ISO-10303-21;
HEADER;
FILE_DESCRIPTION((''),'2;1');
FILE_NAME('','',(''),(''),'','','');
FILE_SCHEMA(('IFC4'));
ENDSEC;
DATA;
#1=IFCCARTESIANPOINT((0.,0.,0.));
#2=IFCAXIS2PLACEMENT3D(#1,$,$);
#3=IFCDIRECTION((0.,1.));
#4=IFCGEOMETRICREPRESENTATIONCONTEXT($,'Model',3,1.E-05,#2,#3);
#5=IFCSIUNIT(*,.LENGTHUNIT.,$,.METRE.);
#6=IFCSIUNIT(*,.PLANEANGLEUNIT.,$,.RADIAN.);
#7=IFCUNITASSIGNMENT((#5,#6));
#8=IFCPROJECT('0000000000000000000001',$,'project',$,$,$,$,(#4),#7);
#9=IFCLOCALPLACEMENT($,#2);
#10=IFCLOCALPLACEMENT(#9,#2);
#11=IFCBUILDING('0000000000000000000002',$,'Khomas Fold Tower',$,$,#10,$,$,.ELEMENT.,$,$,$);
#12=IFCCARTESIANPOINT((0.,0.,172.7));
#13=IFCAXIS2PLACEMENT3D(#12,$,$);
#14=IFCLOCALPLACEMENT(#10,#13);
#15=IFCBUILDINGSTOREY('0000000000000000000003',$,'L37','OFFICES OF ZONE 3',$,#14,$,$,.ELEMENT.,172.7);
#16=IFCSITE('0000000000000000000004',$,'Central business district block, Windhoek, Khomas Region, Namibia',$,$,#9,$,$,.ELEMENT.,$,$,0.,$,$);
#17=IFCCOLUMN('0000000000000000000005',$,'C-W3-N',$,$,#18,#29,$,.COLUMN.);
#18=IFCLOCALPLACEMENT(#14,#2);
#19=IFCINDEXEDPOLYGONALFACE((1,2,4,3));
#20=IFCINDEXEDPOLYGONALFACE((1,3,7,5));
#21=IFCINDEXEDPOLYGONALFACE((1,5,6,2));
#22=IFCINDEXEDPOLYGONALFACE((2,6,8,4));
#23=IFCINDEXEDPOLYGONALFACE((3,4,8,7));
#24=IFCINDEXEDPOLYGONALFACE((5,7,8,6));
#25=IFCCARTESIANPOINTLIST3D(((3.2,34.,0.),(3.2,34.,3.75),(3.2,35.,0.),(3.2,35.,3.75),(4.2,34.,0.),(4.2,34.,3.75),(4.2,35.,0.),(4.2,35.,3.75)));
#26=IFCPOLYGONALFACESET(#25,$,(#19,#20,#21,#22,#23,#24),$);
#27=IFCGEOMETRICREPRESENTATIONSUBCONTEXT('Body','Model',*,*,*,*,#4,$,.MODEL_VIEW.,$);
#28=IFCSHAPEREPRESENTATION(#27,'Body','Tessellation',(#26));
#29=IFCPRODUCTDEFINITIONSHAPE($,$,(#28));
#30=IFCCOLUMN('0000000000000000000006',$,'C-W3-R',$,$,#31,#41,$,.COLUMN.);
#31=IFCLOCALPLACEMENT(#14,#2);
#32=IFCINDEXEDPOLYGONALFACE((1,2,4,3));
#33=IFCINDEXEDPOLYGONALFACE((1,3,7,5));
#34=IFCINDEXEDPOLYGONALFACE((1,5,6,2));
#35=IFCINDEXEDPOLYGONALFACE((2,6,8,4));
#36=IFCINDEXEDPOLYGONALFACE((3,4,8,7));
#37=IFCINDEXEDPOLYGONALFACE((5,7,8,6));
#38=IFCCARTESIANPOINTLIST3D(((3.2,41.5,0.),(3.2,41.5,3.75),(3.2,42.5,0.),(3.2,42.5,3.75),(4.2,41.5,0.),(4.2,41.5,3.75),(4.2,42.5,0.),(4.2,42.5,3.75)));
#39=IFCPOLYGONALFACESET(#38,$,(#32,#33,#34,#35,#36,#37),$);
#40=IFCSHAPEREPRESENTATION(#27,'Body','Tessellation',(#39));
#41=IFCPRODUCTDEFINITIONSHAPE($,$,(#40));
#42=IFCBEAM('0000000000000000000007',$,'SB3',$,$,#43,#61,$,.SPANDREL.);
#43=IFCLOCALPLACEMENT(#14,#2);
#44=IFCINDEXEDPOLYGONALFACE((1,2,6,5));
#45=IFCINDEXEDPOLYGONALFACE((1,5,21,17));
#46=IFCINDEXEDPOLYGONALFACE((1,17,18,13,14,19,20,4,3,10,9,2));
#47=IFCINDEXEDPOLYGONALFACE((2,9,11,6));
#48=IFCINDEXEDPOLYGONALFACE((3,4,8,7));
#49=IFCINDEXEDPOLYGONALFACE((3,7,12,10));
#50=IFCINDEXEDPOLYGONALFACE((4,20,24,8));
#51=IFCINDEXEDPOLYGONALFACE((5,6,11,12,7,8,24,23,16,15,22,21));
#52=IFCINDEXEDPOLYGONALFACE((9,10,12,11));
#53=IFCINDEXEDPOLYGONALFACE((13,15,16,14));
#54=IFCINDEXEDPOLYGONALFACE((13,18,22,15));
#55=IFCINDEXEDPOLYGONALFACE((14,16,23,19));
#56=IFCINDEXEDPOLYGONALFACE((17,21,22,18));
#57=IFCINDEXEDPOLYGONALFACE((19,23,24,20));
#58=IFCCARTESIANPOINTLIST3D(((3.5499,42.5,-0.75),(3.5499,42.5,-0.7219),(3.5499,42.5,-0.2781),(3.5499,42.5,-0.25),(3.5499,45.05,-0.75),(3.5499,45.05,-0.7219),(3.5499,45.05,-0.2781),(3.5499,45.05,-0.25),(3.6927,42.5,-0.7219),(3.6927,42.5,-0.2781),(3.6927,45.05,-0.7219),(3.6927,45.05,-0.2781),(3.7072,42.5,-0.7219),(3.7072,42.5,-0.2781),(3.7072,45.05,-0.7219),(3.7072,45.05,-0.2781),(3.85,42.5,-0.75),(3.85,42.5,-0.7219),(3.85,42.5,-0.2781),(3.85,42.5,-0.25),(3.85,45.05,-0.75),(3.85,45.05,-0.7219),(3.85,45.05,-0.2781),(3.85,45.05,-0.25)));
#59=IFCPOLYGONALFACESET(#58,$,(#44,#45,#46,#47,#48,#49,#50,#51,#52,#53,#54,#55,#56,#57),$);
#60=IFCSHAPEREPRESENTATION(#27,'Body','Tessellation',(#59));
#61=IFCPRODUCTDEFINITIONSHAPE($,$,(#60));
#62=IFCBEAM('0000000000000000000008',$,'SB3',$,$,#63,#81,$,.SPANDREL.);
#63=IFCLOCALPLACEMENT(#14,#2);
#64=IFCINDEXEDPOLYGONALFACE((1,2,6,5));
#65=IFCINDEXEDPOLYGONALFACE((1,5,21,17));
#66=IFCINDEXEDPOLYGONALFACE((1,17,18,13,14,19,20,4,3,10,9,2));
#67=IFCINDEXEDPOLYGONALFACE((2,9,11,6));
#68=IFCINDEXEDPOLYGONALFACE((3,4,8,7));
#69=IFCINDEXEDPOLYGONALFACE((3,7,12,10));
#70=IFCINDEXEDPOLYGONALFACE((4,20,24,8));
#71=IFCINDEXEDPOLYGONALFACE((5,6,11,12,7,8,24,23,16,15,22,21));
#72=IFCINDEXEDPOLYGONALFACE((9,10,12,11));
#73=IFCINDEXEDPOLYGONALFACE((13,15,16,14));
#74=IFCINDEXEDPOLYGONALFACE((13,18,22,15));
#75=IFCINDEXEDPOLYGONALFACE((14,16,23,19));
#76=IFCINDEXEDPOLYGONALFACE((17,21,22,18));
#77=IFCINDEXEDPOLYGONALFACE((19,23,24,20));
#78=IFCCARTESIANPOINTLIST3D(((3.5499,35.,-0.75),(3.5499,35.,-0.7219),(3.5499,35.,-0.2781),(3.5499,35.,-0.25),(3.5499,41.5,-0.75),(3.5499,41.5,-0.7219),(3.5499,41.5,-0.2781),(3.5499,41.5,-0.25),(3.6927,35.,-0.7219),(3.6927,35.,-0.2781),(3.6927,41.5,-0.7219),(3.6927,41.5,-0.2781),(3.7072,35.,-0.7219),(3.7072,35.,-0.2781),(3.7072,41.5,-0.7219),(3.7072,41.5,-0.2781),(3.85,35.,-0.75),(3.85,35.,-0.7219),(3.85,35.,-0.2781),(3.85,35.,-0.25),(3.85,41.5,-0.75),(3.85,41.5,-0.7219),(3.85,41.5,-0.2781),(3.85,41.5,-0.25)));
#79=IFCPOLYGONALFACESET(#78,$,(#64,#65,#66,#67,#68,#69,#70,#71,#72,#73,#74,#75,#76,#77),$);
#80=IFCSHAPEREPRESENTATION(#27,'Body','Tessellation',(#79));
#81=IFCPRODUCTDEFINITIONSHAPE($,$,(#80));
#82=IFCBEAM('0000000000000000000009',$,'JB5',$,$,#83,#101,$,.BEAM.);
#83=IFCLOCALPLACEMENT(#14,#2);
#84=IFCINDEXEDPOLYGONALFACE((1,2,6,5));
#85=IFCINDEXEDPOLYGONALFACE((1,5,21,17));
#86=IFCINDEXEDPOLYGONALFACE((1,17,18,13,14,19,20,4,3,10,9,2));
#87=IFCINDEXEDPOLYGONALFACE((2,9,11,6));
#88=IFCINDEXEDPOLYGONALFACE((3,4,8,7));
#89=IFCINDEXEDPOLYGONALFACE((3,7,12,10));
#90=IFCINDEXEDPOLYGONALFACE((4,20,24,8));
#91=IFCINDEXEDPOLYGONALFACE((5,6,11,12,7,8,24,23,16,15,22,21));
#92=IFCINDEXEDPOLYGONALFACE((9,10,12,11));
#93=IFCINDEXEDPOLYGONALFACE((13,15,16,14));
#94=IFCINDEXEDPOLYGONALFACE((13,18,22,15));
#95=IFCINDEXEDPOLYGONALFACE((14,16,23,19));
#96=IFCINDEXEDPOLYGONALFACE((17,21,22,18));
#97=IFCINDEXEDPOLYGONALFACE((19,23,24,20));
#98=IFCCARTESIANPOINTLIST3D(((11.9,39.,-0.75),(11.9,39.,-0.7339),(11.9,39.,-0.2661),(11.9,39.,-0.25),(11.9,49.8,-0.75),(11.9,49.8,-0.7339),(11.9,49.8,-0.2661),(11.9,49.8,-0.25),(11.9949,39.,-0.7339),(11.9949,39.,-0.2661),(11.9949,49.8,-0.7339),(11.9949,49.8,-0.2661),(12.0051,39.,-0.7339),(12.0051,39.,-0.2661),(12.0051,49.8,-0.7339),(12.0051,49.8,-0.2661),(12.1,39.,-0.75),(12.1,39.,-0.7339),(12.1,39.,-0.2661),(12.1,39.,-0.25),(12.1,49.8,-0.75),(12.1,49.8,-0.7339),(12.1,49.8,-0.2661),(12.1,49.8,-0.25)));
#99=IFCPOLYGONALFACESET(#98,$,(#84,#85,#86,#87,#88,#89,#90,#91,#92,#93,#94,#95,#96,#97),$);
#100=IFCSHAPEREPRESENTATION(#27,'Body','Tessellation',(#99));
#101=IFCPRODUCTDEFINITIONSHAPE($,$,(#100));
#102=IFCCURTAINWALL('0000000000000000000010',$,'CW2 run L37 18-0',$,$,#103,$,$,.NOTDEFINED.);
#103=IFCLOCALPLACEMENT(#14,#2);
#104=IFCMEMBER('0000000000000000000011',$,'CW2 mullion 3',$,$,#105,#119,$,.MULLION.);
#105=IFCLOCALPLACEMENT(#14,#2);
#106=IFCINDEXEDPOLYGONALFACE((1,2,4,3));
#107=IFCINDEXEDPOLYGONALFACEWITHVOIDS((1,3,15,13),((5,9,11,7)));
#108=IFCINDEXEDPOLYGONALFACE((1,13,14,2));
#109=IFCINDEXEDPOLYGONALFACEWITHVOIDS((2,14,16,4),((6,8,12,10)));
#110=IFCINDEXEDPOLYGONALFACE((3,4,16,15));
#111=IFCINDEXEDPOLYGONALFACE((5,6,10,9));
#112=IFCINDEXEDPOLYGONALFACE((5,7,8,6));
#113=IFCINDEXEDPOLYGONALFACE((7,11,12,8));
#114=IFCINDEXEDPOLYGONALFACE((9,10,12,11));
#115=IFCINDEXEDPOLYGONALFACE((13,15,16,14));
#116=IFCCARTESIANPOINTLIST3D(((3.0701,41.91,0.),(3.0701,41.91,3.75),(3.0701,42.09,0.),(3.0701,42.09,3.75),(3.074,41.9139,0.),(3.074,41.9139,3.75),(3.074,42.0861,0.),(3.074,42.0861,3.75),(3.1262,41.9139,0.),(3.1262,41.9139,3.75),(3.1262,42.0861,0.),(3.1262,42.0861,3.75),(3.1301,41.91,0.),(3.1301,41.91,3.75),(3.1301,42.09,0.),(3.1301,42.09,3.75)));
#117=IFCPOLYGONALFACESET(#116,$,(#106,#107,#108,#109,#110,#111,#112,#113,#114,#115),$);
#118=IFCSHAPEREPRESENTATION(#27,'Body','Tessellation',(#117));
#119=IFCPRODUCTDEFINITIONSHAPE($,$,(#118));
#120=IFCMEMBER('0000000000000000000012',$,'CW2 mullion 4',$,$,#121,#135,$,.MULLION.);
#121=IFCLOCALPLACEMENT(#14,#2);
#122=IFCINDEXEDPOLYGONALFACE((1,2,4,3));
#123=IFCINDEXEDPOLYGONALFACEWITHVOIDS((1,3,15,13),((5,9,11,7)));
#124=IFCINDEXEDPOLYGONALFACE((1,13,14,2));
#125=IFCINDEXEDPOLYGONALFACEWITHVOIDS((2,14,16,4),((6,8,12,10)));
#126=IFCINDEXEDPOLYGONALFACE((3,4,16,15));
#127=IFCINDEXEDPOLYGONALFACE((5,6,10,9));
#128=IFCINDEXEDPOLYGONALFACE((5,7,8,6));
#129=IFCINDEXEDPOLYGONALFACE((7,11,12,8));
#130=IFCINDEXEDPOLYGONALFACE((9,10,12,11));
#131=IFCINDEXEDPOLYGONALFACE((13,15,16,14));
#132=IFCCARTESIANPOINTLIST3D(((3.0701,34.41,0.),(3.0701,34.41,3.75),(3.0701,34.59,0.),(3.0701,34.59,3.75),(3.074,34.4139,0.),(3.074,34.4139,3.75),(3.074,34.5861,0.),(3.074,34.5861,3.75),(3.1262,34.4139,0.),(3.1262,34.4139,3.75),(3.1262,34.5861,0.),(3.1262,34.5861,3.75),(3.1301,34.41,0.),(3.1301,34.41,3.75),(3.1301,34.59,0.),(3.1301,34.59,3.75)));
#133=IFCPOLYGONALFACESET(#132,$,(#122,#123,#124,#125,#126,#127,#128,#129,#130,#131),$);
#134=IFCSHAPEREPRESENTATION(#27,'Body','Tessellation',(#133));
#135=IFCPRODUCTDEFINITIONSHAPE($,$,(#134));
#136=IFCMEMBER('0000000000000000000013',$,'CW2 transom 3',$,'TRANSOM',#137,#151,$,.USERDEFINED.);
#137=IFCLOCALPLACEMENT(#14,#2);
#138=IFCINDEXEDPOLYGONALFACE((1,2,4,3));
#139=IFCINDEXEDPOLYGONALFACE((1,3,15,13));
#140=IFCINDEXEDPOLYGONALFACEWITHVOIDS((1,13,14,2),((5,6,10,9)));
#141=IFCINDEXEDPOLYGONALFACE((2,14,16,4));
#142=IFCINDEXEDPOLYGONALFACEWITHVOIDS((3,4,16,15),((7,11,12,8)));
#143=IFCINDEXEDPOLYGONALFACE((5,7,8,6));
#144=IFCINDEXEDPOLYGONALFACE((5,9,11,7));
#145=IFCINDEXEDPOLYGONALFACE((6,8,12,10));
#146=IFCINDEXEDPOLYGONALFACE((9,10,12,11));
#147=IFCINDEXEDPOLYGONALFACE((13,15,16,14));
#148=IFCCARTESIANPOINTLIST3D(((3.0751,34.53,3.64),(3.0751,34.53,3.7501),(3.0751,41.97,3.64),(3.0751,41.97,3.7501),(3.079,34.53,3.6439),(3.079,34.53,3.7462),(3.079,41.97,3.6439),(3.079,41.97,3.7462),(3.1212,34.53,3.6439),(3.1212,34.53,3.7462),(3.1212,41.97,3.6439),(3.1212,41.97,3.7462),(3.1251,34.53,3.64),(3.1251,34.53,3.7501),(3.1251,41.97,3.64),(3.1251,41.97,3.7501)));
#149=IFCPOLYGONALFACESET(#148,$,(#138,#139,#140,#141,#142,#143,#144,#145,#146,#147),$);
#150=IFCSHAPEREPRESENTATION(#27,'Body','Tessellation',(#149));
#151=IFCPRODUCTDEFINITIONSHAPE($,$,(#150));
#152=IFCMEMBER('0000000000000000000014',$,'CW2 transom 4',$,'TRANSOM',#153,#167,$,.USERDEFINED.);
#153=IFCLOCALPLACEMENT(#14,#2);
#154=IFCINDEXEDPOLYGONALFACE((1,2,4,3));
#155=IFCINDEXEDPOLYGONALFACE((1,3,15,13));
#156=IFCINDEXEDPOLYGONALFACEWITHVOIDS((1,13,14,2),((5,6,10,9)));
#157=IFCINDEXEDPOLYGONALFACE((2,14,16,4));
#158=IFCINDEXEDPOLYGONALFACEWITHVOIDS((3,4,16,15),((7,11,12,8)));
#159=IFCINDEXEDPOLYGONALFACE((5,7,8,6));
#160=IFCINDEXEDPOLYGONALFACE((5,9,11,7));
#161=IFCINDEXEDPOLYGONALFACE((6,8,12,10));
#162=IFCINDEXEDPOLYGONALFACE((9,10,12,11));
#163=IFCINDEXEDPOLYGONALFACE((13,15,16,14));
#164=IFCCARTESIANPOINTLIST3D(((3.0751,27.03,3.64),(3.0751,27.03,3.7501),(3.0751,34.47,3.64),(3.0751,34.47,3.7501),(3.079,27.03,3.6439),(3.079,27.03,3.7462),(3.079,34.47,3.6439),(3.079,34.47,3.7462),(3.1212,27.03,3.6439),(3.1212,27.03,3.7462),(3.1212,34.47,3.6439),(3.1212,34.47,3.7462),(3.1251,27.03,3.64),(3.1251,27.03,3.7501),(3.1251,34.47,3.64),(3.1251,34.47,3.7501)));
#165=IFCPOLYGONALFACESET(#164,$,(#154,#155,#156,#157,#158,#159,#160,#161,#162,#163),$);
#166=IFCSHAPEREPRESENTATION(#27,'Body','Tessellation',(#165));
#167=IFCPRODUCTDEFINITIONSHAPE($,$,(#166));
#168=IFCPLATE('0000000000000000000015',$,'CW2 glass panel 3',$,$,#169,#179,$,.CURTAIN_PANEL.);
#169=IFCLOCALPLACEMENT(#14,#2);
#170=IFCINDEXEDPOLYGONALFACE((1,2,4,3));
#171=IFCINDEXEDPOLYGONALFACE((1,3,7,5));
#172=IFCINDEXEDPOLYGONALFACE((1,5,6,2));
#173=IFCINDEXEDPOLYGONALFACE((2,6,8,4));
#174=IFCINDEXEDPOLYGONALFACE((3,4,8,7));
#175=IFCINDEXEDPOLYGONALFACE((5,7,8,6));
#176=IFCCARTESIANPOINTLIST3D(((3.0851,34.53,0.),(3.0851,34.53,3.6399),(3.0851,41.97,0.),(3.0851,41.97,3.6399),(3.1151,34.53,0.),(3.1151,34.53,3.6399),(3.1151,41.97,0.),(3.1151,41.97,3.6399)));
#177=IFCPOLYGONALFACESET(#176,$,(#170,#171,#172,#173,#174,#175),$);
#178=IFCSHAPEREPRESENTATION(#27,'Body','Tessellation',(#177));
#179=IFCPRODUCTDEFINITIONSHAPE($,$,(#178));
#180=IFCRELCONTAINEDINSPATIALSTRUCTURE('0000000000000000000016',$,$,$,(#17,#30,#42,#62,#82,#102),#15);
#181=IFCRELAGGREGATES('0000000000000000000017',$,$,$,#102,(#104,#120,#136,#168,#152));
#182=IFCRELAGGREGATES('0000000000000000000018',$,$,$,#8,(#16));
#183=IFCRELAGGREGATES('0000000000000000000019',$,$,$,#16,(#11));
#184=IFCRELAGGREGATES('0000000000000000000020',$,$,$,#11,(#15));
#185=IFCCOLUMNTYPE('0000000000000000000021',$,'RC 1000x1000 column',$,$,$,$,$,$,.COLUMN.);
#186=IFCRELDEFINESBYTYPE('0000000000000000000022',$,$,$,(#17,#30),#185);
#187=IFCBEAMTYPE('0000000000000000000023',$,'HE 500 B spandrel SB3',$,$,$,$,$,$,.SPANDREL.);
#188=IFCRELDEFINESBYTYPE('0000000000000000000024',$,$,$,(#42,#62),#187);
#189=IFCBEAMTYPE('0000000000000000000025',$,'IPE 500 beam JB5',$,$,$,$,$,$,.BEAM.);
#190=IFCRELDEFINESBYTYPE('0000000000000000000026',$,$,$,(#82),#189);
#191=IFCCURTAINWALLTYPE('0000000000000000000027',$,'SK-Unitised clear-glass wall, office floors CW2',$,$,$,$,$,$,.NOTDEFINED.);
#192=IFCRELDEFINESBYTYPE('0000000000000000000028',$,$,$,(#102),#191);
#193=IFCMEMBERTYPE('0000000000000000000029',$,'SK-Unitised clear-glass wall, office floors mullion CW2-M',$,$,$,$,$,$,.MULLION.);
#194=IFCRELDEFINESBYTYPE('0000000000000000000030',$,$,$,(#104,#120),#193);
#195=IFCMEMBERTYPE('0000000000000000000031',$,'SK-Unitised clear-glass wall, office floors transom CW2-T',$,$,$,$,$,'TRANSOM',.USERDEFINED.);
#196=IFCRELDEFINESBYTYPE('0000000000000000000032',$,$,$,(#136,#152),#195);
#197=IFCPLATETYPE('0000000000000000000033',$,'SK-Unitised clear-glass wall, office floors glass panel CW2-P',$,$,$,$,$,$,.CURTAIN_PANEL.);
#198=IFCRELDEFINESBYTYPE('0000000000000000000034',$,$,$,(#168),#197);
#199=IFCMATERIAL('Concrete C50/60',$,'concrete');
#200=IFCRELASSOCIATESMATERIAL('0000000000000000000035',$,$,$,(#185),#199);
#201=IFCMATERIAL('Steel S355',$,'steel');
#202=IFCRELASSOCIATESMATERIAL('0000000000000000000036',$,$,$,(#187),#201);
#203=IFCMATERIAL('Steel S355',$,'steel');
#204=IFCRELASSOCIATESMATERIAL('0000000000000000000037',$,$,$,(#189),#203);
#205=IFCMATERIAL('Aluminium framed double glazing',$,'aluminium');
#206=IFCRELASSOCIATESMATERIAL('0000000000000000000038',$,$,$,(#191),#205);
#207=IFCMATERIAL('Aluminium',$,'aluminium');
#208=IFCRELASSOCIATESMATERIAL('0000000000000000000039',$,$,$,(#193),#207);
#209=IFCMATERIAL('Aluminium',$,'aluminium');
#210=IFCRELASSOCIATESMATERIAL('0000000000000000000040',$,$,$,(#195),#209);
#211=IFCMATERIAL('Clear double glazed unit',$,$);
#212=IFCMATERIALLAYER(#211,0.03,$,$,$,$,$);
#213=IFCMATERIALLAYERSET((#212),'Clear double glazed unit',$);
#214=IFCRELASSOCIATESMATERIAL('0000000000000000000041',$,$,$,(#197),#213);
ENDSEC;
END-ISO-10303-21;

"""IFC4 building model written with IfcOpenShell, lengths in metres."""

from ifc_helpers import new_model, si_unit, direction, frame, origin, origin_2d, place, context, subcontext, project, spatial, rectangle, hollow_rectangle, i_section, extrude, source, transform, mapped, material, layer, layer_set, material_profile, profile_set, type_object, element, aggregate, save


model = new_model("IFC4")

# Units and contexts
model_context = context("Model", 3, precision=1e-05, world=origin(), true_north=direction((0.0, 1.0)))
body_context = subcontext(model_context, "Body", "Model", "MODEL_VIEW")
ifc_project = project(units=[si_unit("LENGTHUNIT", "METRE"), si_unit("PLANEANGLEUNIT", "RADIAN")], contexts=[model_context])

# Site, building, storey
site_placement = place(None, origin())
site = spatial("IfcSite", under=ifc_project, at=site_placement, Name="Central business district block, Windhoek, Khomas Region, Namibia", CompositionType="ELEMENT", RefElevation=0.0)
building_placement = place(site_placement, origin())
building = spatial("IfcBuilding", under=site, at=building_placement, Name="Khomas Fold Tower", CompositionType="ELEMENT")
storey_placement = place(building_placement, frame((0.0, 0.0, 172.7)))
storey = spatial("IfcBuildingStorey", under=building, at=storey_placement, Name="L37", Description="OFFICES OF ZONE 3", CompositionType="ELEMENT", Elevation=172.7)

# Columns
ifc_material_1 = material(Name="Concrete C50/60", Category="concrete")
ifc_material_profile_1 = material_profile(ifc_material_1, rectangle(XDim=1.0, YDim=1.0, at=origin_2d()), Name="RC 1000x1000")
ifc_profile_set_1 = profile_set([ifc_material_profile_1], Name="Concrete C50/60")
column_type = type_object("IfcColumnType", Name="RC 1000x1000 column", PredefinedType="COLUMN", material=ifc_profile_set_1)
shared_shape_1 = source(origin(), body_context, "Body", "SweptSolid", [
    extrude(rectangle(XDim=1.0, YDim=1.0, at=origin_2d()), origin(), (0.0, 0.0, 1.0), 3.75),
])
for number, where, z_axis, x_axis, name in (
    (1, (3.7, 34.5, 0.0), (0.0, 0.0, 1.0), (1.0, 0.0, 0.0), "C-W3-N"),
    (2, (3.7, 42.0, 0.0), (0.0, 0.0, 1.0), (1.0, 0.0, 0.0), "C-W3-R"),
):
    element("IfcColumn", number, at=place(storey_placement, frame(where, z_axis=z_axis, x_axis=x_axis)), inside=storey, type_object=column_type, Name=name, PredefinedType="COLUMN", context=body_context, shape_type="MappedRepresentation", body=[
        mapped(shared_shape_1, transform((0.0, 0.0, 0.0))),
    ])

# Beams
ifc_material_2 = material(Name="Steel S355", Category="steel")
ifc_material_profile_2 = material_profile(ifc_material_2, i_section(OverallWidth=0.3, OverallDepth=0.5, WebThickness=0.0144, FlangeThickness=0.0281, at=origin_2d()), Name="HE 500 B")
ifc_profile_set_2 = profile_set([ifc_material_profile_2], Name="Steel S355")
beam_type_1 = type_object("IfcBeamType", Name="HE 500 B spandrel SB3", PredefinedType="SPANDREL", material=ifc_profile_set_2)
shared_shape_2 = source(origin(), body_context, "Body", "SweptSolid", [
    extrude(i_section(OverallWidth=0.3, OverallDepth=0.5, WebThickness=0.0144, FlangeThickness=0.0281, at=origin_2d()), origin(), (0.0, 0.0, 1.0), 2.55),
])
beam_1_placement = place(storey_placement, frame((3.7, 42.5, -0.5), z_axis=(0.0, 1.0, 0.0), x_axis=(-1.0, 0.0, 0.0)))
element("IfcBeam", 3, at=beam_1_placement, inside=storey, type_object=beam_type_1, Name="SB3", PredefinedType="SPANDREL", context=body_context, shape_type="MappedRepresentation", body=[
    mapped(shared_shape_2, transform((0.0, 0.0, 0.0))),
])
shared_shape_3 = source(origin(), body_context, "Body", "SweptSolid", [
    extrude(i_section(OverallWidth=0.3, OverallDepth=0.5, WebThickness=0.0144, FlangeThickness=0.0281, at=origin_2d()), origin(), (0.0, 0.0, 1.0), 6.5),
])
beam_2_placement = place(storey_placement, frame((3.7, 35.0, -0.5), z_axis=(0.0, 1.0, 0.0), x_axis=(-1.0, 0.0, 0.0)))
element("IfcBeam", 4, at=beam_2_placement, inside=storey, type_object=beam_type_1, Name="SB3", PredefinedType="SPANDREL", context=body_context, shape_type="MappedRepresentation", body=[
    mapped(shared_shape_3, transform((0.0, 0.0, 0.0))),
])
ifc_material_3 = material(Name="Steel S355", Category="steel")
ifc_material_profile_3 = material_profile(ifc_material_3, i_section(OverallWidth=0.2, OverallDepth=0.5, WebThickness=0.0103, FlangeThickness=0.0161, at=origin_2d()), Name="IPE 500")
ifc_profile_set_3 = profile_set([ifc_material_profile_3], Name="Steel S355")
beam_type_2 = type_object("IfcBeamType", Name="IPE 500 beam JB5", PredefinedType="BEAM", material=ifc_profile_set_3)
shared_shape_4 = source(origin(), body_context, "Body", "SweptSolid", [
    extrude(i_section(OverallWidth=0.2, OverallDepth=0.5, WebThickness=0.0103, FlangeThickness=0.0161, at=origin_2d()), origin(), (0.0, 0.0, 1.0), 10.8),
])
beam_3_placement = place(storey_placement, frame((12.0, 39.0, -0.5), z_axis=(0.0, 1.0, 0.0), x_axis=(-1.0, 0.0, 0.0)))
element("IfcBeam", 5, at=beam_3_placement, inside=storey, type_object=beam_type_2, Name="JB5", PredefinedType="BEAM", context=body_context, shape_type="MappedRepresentation", body=[
    mapped(shared_shape_4, transform((0.0, 0.0, 0.0))),
])

# Curtain wall, members, plate
ifc_material_4 = material(Name="Aluminium framed double glazing", Category="aluminium")
curtain_wall_type = type_object("IfcCurtainWallType", Name="SK-Unitised clear-glass wall, office floors CW2", PredefinedType="NOTDEFINED", material=ifc_material_4)
curtain_wall_placement = place(storey_placement, origin())
curtain_wall = element("IfcCurtainWall", 6, at=curtain_wall_placement, inside=storey, type_object=curtain_wall_type, Name="CW2 run L37 18-0", PredefinedType="NOTDEFINED")
ifc_material_5 = material(Name="Aluminium", Category="aluminium")
ifc_material_profile_4 = material_profile(ifc_material_5, hollow_rectangle(XDim=0.0601, YDim=0.1799, WallThickness=0.0039, at=origin_2d()), Name="SK-Unitised clear-glass wall, office floors mullion CW2-M")
ifc_profile_set_4 = profile_set([ifc_material_profile_4], Name="Aluminium")
member_type_1 = type_object("IfcMemberType", Name="SK-Unitised clear-glass wall, office floors mullion CW2-M", PredefinedType="MULLION", material=ifc_profile_set_4)
shared_shape_5 = source(origin(), body_context, "Body", "SweptSolid", [
    extrude(hollow_rectangle(XDim=0.0601, YDim=0.1799, WallThickness=0.0039, at=origin_2d()), origin(), (0.0, 0.0, 1.0), 3.75),
])
member_1_placement = place(storey_placement, frame((3.1001, 42.0, 0.0), z_axis=(0.0, 0.0, 1.0), x_axis=(1.0, 0.0, 0.0)))
member_1 = element("IfcMember", 7, at=member_1_placement, type_object=member_type_1, Name="CW2 mullion 3", PredefinedType="MULLION", context=body_context, shape_type="MappedRepresentation", body=[
    mapped(shared_shape_5, transform((0.0, 0.0, 0.0))),
])
member_2_placement = place(storey_placement, frame((3.1001, 34.5, 0.0), z_axis=(0.0, 0.0, 1.0), x_axis=(1.0, 0.0, 0.0)))
member_2 = element("IfcMember", 8, at=member_2_placement, type_object=member_type_1, Name="CW2 mullion 4", PredefinedType="MULLION", context=body_context, shape_type="MappedRepresentation", body=[
    mapped(shared_shape_5, transform((0.0, 0.0, 0.0))),
])
ifc_material_6 = material(Name="Aluminium", Category="aluminium")
ifc_material_profile_5 = material_profile(ifc_material_6, hollow_rectangle(XDim=0.05, YDim=0.1101, WallThickness=0.0039, at=origin_2d()), Name="SK-Unitised clear-glass wall, office floors transom CW2-T")
ifc_profile_set_5 = profile_set([ifc_material_profile_5], Name="Aluminium")
member_type_2 = type_object("IfcMemberType", Name="SK-Unitised clear-glass wall, office floors transom CW2-T", ElementType="TRANSOM", PredefinedType="USERDEFINED", material=ifc_profile_set_5)
shared_shape_6 = source(origin(), body_context, "Body", "SweptSolid", [
    extrude(hollow_rectangle(XDim=0.05, YDim=0.1101, WallThickness=0.0039, at=origin_2d()), origin(), (0.0, 0.0, 1.0), 7.4399),
])
member_3_placement = place(storey_placement, frame((3.1001, 41.97, 3.6951), z_axis=(0.0, -1.0, 0.0), x_axis=(1.0, 0.0, 0.0)))
member_3 = element("IfcMember", 9, at=member_3_placement, type_object=member_type_2, Name="CW2 transom 3", ObjectType="TRANSOM", PredefinedType="USERDEFINED", context=body_context, shape_type="MappedRepresentation", body=[
    mapped(shared_shape_6, transform((0.0, 0.0, 0.0))),
])
member_4_placement = place(storey_placement, frame((3.1001, 34.47, 3.6951), z_axis=(0.0, -1.0, 0.0), x_axis=(1.0, 0.0, 0.0)))
member_4 = element("IfcMember", 10, at=member_4_placement, type_object=member_type_2, Name="CW2 transom 4", ObjectType="TRANSOM", PredefinedType="USERDEFINED", context=body_context, shape_type="MappedRepresentation", body=[
    mapped(shared_shape_6, transform((0.0, 0.0, 0.0))),
])
ifc_material_7 = material(Name="Clear double glazed unit")
ifc_layer_1 = layer(ifc_material_7, 0.03)
ifc_layer_set_1 = layer_set([ifc_layer_1], Name="Clear double glazed unit")
plate_type = type_object("IfcPlateType", Name="SK-Unitised clear-glass wall, office floors glass panel CW2-P", PredefinedType="CURTAIN_PANEL", material=ifc_layer_set_1)
shared_shape_7 = source(origin(), body_context, "Body", "SweptSolid", [
    extrude(rectangle(XDim=7.4399, YDim=0.03, at=origin_2d()), origin(), (0.0, 0.0, 1.0), 3.6399),
])
plate_placement = place(storey_placement, frame((3.1001, 38.25, 0.0), z_axis=(0.0, 0.0, 1.0), x_axis=(0.0, -1.0, 0.0)))
plate = element("IfcPlate", 11, at=plate_placement, type_object=plate_type, Name="CW2 glass panel 3", PredefinedType="CURTAIN_PANEL", context=body_context, shape_type="MappedRepresentation", body=[
    mapped(shared_shape_7, transform((0.0, 0.0, 0.0))),
])
aggregate(curtain_wall, [member_1, member_2, member_3, plate, member_4])

save(model, "model.ifc")
